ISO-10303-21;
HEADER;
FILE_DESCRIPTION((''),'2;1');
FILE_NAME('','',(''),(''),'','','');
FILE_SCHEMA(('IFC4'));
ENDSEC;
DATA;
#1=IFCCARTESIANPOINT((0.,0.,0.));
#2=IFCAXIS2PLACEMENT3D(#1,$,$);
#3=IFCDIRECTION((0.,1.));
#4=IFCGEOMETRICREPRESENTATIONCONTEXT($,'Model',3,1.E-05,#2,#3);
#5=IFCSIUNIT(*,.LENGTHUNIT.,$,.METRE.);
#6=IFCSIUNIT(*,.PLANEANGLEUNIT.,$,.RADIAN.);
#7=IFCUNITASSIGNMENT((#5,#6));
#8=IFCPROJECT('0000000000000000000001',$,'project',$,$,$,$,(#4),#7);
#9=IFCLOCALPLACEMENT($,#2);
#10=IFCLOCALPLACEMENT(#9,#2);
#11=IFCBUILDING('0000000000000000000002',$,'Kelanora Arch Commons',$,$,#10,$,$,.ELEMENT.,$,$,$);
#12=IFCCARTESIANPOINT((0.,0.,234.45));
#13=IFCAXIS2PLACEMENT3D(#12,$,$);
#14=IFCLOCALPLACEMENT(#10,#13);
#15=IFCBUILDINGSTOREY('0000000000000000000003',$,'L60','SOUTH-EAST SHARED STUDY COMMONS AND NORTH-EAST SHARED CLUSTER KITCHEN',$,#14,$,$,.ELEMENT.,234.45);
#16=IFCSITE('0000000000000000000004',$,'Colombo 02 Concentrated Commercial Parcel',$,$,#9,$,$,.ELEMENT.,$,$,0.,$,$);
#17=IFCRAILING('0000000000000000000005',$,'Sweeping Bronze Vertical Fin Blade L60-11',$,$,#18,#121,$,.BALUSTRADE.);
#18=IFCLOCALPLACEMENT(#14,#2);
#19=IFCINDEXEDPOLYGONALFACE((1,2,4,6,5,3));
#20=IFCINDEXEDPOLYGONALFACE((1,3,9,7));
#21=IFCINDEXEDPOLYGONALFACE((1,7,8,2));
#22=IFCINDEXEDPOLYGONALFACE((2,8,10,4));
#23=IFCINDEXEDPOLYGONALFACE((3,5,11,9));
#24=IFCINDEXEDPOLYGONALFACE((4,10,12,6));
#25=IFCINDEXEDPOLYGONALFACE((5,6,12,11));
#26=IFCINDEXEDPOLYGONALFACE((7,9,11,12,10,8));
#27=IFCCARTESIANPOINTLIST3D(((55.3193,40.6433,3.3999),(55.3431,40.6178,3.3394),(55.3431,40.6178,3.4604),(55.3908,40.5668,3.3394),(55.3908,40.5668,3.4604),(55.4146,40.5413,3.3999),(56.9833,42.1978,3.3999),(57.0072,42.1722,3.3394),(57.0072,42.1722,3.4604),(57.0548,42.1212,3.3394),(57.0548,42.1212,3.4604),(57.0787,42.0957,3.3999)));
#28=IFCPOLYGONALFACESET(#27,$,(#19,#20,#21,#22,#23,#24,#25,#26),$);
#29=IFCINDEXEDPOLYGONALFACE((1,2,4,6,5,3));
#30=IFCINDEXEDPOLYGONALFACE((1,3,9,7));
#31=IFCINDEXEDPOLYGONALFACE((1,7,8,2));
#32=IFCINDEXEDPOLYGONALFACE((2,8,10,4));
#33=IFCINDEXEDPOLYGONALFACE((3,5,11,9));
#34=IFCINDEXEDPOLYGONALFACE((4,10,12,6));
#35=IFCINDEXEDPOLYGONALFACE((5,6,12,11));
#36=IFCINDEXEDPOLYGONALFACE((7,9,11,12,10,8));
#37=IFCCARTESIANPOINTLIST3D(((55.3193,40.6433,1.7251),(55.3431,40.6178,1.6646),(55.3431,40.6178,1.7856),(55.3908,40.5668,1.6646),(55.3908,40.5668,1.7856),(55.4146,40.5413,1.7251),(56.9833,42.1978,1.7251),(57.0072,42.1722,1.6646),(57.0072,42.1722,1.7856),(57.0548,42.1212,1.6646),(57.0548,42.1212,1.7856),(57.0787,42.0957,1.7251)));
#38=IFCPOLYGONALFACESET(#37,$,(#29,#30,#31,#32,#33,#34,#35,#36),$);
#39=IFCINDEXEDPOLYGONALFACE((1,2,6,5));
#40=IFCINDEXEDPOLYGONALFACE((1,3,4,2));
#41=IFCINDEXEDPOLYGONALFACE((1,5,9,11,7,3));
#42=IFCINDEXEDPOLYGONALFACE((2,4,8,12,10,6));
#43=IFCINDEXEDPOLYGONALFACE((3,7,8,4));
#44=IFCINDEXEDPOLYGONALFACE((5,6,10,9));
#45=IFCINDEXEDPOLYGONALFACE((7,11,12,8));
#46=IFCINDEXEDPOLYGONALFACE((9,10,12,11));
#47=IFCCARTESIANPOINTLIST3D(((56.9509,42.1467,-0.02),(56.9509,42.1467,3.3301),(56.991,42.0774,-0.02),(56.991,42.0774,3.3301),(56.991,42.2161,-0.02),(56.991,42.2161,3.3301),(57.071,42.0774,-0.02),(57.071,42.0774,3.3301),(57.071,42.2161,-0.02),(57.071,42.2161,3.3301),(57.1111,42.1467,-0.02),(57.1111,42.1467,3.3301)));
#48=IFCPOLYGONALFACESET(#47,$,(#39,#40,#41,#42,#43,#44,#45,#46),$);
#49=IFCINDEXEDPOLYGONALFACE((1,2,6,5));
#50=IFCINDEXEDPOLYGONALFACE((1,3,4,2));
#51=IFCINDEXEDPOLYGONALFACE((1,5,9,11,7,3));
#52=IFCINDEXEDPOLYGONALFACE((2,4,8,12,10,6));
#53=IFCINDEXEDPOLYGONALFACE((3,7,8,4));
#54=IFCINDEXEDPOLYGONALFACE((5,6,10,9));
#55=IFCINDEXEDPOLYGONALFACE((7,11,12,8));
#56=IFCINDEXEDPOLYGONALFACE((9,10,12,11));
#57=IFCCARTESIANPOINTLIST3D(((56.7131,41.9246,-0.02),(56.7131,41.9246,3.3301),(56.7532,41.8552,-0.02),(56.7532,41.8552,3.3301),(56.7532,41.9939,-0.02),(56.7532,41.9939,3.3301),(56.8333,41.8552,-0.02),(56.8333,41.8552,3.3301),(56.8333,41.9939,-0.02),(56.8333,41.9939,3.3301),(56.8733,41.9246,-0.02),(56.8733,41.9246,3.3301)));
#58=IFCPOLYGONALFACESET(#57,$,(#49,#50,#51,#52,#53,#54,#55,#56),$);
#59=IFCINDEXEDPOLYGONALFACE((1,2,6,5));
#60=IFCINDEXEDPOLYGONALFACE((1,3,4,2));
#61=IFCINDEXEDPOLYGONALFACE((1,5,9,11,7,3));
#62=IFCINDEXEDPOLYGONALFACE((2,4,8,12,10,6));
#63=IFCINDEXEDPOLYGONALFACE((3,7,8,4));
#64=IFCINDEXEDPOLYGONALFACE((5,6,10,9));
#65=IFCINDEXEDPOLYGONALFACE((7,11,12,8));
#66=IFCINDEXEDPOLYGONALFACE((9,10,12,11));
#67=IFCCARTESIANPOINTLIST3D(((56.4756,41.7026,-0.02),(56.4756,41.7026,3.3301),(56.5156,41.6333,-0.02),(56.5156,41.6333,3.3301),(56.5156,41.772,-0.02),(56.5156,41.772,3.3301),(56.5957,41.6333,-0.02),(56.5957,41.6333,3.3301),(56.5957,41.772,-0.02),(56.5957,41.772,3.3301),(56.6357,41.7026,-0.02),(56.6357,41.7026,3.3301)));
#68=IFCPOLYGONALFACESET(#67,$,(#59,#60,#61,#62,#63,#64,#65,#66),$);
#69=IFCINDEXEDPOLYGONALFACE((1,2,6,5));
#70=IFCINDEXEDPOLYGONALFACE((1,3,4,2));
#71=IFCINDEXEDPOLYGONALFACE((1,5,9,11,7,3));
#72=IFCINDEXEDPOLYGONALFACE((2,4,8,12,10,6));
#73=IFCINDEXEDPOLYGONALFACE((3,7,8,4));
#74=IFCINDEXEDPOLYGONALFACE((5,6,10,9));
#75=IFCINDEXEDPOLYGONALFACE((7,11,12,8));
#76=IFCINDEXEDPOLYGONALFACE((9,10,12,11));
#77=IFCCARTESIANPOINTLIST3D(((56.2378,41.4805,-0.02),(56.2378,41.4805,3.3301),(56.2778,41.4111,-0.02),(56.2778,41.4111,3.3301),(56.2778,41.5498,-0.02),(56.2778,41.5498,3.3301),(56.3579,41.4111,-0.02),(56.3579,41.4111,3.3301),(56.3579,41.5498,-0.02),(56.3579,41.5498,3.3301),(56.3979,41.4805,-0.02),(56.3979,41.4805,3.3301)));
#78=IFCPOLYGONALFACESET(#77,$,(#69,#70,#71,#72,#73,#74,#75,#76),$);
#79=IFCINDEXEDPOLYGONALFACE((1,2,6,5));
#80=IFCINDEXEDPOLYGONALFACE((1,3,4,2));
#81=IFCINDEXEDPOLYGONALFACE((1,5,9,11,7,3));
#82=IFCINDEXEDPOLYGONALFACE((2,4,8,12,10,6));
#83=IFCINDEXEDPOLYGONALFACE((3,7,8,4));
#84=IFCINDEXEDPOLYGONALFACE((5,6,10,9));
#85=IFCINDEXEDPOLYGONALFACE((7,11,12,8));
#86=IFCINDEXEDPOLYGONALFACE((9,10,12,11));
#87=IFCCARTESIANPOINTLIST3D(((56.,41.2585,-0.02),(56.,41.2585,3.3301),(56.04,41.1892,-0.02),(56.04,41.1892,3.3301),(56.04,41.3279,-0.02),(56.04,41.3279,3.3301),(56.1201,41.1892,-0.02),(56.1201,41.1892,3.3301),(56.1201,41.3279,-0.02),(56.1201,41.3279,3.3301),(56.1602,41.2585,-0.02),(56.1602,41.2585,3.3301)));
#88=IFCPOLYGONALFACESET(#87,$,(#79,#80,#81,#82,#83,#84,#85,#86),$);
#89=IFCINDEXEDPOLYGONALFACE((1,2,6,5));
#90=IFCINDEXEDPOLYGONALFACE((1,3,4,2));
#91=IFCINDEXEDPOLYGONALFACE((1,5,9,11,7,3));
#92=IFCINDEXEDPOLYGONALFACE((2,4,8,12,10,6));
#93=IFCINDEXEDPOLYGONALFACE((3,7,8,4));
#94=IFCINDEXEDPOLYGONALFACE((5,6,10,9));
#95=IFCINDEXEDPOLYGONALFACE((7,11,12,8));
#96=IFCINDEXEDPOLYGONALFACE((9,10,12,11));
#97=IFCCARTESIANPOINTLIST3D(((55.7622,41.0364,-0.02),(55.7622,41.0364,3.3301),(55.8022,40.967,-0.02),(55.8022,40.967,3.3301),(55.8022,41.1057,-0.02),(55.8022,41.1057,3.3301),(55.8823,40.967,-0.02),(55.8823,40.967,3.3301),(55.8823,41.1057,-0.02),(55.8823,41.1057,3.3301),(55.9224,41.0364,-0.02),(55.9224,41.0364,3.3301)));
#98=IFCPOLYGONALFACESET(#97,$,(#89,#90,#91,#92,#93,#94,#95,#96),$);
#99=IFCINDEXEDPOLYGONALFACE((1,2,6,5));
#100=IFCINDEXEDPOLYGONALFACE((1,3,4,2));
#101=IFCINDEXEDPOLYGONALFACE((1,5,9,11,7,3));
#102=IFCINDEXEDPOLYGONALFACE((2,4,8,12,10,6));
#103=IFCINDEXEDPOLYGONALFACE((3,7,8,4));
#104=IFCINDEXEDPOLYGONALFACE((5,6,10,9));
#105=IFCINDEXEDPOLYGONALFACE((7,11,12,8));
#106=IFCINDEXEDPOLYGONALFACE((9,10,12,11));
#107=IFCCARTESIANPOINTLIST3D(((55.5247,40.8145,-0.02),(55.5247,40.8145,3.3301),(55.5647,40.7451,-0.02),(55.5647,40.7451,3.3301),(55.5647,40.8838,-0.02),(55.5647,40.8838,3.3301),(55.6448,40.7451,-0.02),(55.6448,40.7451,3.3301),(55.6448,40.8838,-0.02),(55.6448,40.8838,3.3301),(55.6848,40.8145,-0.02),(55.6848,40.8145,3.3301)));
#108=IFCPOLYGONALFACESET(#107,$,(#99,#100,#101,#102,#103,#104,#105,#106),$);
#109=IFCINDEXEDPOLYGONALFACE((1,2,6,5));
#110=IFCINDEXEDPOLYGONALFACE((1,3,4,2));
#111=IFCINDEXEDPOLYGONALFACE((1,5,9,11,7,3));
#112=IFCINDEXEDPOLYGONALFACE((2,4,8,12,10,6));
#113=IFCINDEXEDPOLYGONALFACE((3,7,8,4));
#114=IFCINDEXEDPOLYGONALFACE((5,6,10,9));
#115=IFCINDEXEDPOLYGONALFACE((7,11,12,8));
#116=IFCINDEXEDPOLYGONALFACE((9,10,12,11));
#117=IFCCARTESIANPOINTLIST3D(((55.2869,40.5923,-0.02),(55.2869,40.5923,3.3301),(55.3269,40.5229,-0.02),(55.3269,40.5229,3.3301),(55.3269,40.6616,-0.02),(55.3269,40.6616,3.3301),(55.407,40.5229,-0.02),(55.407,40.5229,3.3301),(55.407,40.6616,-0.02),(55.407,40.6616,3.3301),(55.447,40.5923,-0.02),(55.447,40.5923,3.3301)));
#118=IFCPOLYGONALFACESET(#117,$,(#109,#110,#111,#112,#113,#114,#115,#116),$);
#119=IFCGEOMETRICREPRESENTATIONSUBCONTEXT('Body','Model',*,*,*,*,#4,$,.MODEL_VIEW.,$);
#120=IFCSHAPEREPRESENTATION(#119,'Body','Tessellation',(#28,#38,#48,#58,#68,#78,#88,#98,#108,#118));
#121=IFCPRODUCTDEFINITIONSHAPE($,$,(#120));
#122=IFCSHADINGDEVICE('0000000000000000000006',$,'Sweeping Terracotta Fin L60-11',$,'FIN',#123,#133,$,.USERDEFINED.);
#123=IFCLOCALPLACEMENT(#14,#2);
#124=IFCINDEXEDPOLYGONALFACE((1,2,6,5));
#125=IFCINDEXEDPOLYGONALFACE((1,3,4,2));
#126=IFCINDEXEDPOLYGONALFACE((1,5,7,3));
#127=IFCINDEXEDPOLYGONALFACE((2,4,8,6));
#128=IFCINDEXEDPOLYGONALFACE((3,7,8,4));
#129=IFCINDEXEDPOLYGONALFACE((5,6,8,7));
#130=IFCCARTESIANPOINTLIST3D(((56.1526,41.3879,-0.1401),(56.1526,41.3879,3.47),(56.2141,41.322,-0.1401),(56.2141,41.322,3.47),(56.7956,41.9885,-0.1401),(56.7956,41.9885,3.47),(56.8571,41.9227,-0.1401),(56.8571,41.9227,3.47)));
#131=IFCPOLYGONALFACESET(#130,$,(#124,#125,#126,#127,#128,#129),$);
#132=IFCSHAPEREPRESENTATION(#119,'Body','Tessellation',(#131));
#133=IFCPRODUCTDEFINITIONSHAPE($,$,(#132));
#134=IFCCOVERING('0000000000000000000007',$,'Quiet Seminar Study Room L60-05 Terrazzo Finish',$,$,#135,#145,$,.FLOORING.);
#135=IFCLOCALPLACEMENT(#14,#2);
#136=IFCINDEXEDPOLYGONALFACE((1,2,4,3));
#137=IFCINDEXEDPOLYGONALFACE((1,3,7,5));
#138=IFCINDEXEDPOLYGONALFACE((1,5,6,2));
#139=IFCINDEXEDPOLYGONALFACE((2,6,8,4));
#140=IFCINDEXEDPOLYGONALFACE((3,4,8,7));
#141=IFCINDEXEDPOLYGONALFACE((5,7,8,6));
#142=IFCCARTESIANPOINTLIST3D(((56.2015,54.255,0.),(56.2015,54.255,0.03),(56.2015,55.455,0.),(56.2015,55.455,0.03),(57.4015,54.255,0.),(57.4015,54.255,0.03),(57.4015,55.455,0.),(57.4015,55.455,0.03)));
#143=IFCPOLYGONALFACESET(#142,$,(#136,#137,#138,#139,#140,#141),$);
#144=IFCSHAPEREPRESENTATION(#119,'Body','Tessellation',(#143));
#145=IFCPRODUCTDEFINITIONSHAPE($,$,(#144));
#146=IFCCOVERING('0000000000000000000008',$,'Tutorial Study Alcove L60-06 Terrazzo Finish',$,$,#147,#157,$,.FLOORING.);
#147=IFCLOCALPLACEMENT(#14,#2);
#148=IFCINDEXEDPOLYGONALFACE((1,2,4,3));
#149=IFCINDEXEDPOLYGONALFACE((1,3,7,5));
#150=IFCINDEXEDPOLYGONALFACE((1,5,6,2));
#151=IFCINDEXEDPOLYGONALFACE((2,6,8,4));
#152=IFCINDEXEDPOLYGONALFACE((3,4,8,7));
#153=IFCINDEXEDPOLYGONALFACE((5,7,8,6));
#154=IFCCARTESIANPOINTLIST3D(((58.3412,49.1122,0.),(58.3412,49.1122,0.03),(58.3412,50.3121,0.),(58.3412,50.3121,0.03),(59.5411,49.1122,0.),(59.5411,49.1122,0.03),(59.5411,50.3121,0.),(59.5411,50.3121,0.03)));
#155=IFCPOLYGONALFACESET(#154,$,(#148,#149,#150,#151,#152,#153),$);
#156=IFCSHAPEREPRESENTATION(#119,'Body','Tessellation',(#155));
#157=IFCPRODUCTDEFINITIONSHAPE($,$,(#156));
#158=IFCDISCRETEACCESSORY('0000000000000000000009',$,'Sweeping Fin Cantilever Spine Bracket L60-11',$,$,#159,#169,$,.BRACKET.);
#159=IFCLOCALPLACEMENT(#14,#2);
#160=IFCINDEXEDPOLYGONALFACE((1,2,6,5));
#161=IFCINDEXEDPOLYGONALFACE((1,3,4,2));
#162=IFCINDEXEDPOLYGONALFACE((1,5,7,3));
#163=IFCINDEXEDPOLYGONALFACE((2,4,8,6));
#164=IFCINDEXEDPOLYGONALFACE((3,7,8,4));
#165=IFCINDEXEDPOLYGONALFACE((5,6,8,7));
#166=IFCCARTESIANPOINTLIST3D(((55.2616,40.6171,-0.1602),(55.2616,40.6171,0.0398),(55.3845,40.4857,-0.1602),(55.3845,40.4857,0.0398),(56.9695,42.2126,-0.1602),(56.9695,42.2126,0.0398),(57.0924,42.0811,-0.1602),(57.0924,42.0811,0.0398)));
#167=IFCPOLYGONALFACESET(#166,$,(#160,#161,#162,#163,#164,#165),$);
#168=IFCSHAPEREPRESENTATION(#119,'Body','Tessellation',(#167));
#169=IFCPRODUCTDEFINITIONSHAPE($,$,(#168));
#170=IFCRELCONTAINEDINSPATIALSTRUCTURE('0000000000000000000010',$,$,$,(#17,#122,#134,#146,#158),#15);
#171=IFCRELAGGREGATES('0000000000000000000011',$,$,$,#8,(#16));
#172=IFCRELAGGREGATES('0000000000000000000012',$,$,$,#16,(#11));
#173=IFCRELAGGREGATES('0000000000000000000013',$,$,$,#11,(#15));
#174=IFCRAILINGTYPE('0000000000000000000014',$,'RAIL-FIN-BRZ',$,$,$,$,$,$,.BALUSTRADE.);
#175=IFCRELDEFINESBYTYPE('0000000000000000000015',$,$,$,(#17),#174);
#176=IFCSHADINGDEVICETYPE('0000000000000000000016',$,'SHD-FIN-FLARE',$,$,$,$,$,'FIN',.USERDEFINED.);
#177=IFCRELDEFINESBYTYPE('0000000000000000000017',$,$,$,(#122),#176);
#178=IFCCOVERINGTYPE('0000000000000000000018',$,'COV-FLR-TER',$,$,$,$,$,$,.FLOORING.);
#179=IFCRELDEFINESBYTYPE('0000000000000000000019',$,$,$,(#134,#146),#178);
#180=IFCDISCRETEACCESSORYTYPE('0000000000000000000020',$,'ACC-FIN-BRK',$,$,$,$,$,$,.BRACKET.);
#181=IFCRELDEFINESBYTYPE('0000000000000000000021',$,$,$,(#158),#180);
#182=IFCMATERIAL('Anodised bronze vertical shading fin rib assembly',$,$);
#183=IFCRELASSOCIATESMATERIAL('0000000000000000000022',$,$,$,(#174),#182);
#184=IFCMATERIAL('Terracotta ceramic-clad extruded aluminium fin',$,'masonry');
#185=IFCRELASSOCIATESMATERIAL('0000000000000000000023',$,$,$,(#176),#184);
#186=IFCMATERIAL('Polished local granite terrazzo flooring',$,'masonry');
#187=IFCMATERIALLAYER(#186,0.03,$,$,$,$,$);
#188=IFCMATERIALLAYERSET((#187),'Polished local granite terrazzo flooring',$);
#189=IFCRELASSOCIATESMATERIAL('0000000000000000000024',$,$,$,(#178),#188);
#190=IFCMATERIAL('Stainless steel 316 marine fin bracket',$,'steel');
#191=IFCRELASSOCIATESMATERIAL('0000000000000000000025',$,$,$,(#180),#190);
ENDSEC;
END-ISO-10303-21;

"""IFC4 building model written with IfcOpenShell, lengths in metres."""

from ifc_helpers import new_model, si_unit, direction, frame, origin, origin_2d, place, context, subcontext, project, spatial, polyline, rectangle, outline, extrude, source, transform, mapped, material, layer, layer_set, type_object, element, save


model = new_model("IFC4")

# Units and contexts
model_context = context("Model", 3, precision=1e-05, world=origin(), true_north=direction((0.0, 1.0)))
body_context = subcontext(model_context, "Body", "Model", "MODEL_VIEW")
ifc_project = project(units=[si_unit("LENGTHUNIT", "METRE"), si_unit("PLANEANGLEUNIT", "RADIAN")], contexts=[model_context])

# Site, building, storey
site_placement = place(None, origin())
site = spatial("IfcSite", under=ifc_project, at=site_placement, Name="Colombo 02 Concentrated Commercial Parcel", CompositionType="ELEMENT", RefElevation=0.0)
building_placement = place(site_placement, origin())
building = spatial("IfcBuilding", under=site, at=building_placement, Name="Kelanora Arch Commons", CompositionType="ELEMENT")
storey_placement = place(building_placement, frame((0.0, 0.0, 234.45)))
storey = spatial("IfcBuildingStorey", under=building, at=storey_placement, Name="L60", Description="SOUTH-EAST SHARED STUDY COMMONS AND NORTH-EAST SHARED CLUSTER KITCHEN", CompositionType="ELEMENT", Elevation=234.45)

# Railing
ifc_material_1 = material(Name="Anodised bronze vertical shading fin rib assembly")
railing_type = type_object("IfcRailingType", Name="RAIL-FIN-BRZ", PredefinedType="BALUSTRADE", material=ifc_material_1)
railing_placement = place(storey_placement, frame((57.031, 42.1467, -0.02)))
element("IfcRailing", 1, at=railing_placement, inside=storey, type_object=railing_type, Name="Sweeping Bronze Vertical Fin Blade L60-11", PredefinedType="BALUSTRADE", context=body_context, shape_type="SweptSolid", body=[
    extrude(outline(polyline([(0.0698, 0.0), (0.0349, 0.0605), (-0.0349, 0.0605), (-0.0698, 0.0), (-0.0349, -0.0605), (0.0349, -0.0605), (0.0698, 0.0)])), frame((0.0, 0.0, 3.4199), z_axis=(-0.730766, -0.682628, 0.0), x_axis=(0.682628, -0.730766, 0.0)), (0.0, 0.0, 1.0), 2.2771),
    extrude(outline(polyline([(0.0698, 0.0), (0.0349, 0.0605), (-0.0349, 0.0605), (-0.0698, 0.0), (-0.0349, -0.0605), (0.0349, -0.0605), (0.0698, 0.0)])), frame((0.0, 0.0, 1.7451), z_axis=(-0.730766, -0.682628, 0.0), x_axis=(0.682628, -0.730766, 0.0)), (0.0, 0.0, 1.0), 2.2771),
    extrude(outline(polyline([(0.0801, 0.0), (0.04, 0.0693), (-0.04, 0.0693), (-0.0801, 0.0), (-0.04, -0.0693), (0.04, -0.0693), (0.0801, 0.0)])), origin(), (0.0, 0.0, 1.0), 3.3501),
    extrude(outline(polyline([(0.0801, 0.0), (0.04, 0.0693), (-0.04, 0.0693), (-0.0801, 0.0), (-0.04, -0.0693), (0.04, -0.0693), (0.0801, 0.0)])), frame((-0.2378, -0.2222, 0.0)), (0.0, 0.0, 1.0), 3.3501),
    extrude(outline(polyline([(0.0801, 0.0), (0.04, 0.0693), (-0.04, 0.0693), (-0.0801, 0.0), (-0.04, -0.0693), (0.04, -0.0693), (0.0801, 0.0)])), frame((-0.4753, -0.4441, 0.0)), (0.0, 0.0, 1.0), 3.3501),
    extrude(outline(polyline([(0.0801, 0.0), (0.04, 0.0693), (-0.04, 0.0693), (-0.0801, 0.0), (-0.04, -0.0693), (0.04, -0.0693), (0.0801, 0.0)])), frame((-0.7131, -0.6663, 0.0)), (0.0, 0.0, 1.0), 3.3501),
    extrude(outline(polyline([(0.0801, 0.0), (0.04, 0.0693), (-0.04, 0.0693), (-0.0801, 0.0), (-0.04, -0.0693), (0.04, -0.0693), (0.0801, 0.0)])), frame((-0.9509, -0.8882, 0.0)), (0.0, 0.0, 1.0), 3.3501),
    extrude(outline(polyline([(0.0801, 0.0), (0.04, 0.0693), (-0.04, 0.0693), (-0.0801, 0.0), (-0.04, -0.0693), (0.04, -0.0693), (0.0801, 0.0)])), frame((-1.1887, -1.1104, 0.0)), (0.0, 0.0, 1.0), 3.3501),
    extrude(outline(polyline([(0.0801, 0.0), (0.04, 0.0693), (-0.04, 0.0693), (-0.0801, 0.0), (-0.04, -0.0693), (0.04, -0.0693), (0.0801, 0.0)])), frame((-1.4263, -1.3323, 0.0)), (0.0, 0.0, 1.0), 3.3501),
    extrude(outline(polyline([(0.0801, 0.0), (0.04, 0.0693), (-0.04, 0.0693), (-0.0801, 0.0), (-0.04, -0.0693), (0.04, -0.0693), (0.0801, 0.0)])), frame((-1.6641, -1.5544, 0.0)), (0.0, 0.0, 1.0), 3.3501),
])

# Shading device
ifc_material_2 = material(Name="Terracotta ceramic-clad extruded aluminium fin", Category="masonry")
shading_device_type = type_object("IfcShadingDeviceType", Name="SHD-FIN-FLARE", ElementType="FIN", PredefinedType="USERDEFINED", material=ifc_material_2)
shared_shape_1 = source(origin(), body_context, "Body", "SweptSolid", [
    extrude(rectangle(XDim=0.8799, YDim=0.0901, at=origin_2d()), origin(), (0.0, 0.0, 1.0), 3.6101),
])
shading_device_placement = place(storey_placement, frame((56.5049, 41.6553, -0.1401), z_axis=(0.0, 0.0, 1.0), x_axis=(-0.730758, -0.682636, 0.0)))
element("IfcShadingDevice", 2, at=shading_device_placement, inside=storey, type_object=shading_device_type, Name="Sweeping Terracotta Fin L60-11", ObjectType="FIN", PredefinedType="USERDEFINED", context=body_context, shape_type="MappedRepresentation", body=[
    mapped(shared_shape_1, transform((0.0, 0.0, 0.0), scale=1.0)),
])

# Coverings
ifc_material_3 = material(Name="Polished local granite terrazzo flooring", Category="masonry")
ifc_layer_1 = layer(ifc_material_3, 0.03)
ifc_layer_set_1 = layer_set([ifc_layer_1], Name="Polished local granite terrazzo flooring")
covering_type = type_object("IfcCoveringType", Name="COV-FLR-TER", PredefinedType="FLOORING", material=ifc_layer_set_1)
shared_shape_2 = source(origin(), body_context, "Body", "SweptSolid", [
    extrude(rectangle(XDim=1.2, YDim=1.2, at=origin_2d()), origin(), (0.0, 0.0, 1.0), 0.03),
])
for number, where, z_axis, x_axis, name in (
    (3, (56.8015, 54.855, 0.0), (0.0, 0.0, 1.0), (1.0, 0.0, 0.0), "Quiet Seminar Study Room L60-05 Terrazzo Finish"),
    (4, (58.9412, 49.7122, 0.0), (0.0, 0.0, 1.0), (1.0, 0.0, 0.0), "Tutorial Study Alcove L60-06 Terrazzo Finish"),
):
    element("IfcCovering", number, at=place(storey_placement, frame(where, z_axis=z_axis, x_axis=x_axis)), inside=storey, type_object=covering_type, Name=name, PredefinedType="FLOORING", context=body_context, shape_type="MappedRepresentation", body=[
        mapped(shared_shape_2, transform((0.0, 0.0, 0.0), scale=1.0)),
    ])

# Discrete accessory
ifc_material_4 = material(Name="Stainless steel 316 marine fin bracket", Category="steel")
discrete_accessory_type = type_object("IfcDiscreteAccessoryType", Name="ACC-FIN-BRK", PredefinedType="BRACKET", material=ifc_material_4)
shared_shape_3 = source(origin(), body_context, "Body", "SweptSolid", [
    extrude(rectangle(XDim=2.3372, YDim=0.1799, at=origin_2d()), origin(), (0.0, 0.0, 1.0), 0.2),
])
discrete_accessory_placement = place(storey_placement, frame((56.177, 41.3491, -0.1602), z_axis=(0.0, 0.0, 1.0), x_axis=(-0.730758, -0.682636, 0.0)))
element("IfcDiscreteAccessory", 5, at=discrete_accessory_placement, inside=storey, type_object=discrete_accessory_type, Name="Sweeping Fin Cantilever Spine Bracket L60-11", PredefinedType="BRACKET", context=body_context, shape_type="MappedRepresentation", body=[
    mapped(shared_shape_3, transform((0.0, 0.0, 0.0), scale=1.0)),
])

save(model, "model.ifc")
